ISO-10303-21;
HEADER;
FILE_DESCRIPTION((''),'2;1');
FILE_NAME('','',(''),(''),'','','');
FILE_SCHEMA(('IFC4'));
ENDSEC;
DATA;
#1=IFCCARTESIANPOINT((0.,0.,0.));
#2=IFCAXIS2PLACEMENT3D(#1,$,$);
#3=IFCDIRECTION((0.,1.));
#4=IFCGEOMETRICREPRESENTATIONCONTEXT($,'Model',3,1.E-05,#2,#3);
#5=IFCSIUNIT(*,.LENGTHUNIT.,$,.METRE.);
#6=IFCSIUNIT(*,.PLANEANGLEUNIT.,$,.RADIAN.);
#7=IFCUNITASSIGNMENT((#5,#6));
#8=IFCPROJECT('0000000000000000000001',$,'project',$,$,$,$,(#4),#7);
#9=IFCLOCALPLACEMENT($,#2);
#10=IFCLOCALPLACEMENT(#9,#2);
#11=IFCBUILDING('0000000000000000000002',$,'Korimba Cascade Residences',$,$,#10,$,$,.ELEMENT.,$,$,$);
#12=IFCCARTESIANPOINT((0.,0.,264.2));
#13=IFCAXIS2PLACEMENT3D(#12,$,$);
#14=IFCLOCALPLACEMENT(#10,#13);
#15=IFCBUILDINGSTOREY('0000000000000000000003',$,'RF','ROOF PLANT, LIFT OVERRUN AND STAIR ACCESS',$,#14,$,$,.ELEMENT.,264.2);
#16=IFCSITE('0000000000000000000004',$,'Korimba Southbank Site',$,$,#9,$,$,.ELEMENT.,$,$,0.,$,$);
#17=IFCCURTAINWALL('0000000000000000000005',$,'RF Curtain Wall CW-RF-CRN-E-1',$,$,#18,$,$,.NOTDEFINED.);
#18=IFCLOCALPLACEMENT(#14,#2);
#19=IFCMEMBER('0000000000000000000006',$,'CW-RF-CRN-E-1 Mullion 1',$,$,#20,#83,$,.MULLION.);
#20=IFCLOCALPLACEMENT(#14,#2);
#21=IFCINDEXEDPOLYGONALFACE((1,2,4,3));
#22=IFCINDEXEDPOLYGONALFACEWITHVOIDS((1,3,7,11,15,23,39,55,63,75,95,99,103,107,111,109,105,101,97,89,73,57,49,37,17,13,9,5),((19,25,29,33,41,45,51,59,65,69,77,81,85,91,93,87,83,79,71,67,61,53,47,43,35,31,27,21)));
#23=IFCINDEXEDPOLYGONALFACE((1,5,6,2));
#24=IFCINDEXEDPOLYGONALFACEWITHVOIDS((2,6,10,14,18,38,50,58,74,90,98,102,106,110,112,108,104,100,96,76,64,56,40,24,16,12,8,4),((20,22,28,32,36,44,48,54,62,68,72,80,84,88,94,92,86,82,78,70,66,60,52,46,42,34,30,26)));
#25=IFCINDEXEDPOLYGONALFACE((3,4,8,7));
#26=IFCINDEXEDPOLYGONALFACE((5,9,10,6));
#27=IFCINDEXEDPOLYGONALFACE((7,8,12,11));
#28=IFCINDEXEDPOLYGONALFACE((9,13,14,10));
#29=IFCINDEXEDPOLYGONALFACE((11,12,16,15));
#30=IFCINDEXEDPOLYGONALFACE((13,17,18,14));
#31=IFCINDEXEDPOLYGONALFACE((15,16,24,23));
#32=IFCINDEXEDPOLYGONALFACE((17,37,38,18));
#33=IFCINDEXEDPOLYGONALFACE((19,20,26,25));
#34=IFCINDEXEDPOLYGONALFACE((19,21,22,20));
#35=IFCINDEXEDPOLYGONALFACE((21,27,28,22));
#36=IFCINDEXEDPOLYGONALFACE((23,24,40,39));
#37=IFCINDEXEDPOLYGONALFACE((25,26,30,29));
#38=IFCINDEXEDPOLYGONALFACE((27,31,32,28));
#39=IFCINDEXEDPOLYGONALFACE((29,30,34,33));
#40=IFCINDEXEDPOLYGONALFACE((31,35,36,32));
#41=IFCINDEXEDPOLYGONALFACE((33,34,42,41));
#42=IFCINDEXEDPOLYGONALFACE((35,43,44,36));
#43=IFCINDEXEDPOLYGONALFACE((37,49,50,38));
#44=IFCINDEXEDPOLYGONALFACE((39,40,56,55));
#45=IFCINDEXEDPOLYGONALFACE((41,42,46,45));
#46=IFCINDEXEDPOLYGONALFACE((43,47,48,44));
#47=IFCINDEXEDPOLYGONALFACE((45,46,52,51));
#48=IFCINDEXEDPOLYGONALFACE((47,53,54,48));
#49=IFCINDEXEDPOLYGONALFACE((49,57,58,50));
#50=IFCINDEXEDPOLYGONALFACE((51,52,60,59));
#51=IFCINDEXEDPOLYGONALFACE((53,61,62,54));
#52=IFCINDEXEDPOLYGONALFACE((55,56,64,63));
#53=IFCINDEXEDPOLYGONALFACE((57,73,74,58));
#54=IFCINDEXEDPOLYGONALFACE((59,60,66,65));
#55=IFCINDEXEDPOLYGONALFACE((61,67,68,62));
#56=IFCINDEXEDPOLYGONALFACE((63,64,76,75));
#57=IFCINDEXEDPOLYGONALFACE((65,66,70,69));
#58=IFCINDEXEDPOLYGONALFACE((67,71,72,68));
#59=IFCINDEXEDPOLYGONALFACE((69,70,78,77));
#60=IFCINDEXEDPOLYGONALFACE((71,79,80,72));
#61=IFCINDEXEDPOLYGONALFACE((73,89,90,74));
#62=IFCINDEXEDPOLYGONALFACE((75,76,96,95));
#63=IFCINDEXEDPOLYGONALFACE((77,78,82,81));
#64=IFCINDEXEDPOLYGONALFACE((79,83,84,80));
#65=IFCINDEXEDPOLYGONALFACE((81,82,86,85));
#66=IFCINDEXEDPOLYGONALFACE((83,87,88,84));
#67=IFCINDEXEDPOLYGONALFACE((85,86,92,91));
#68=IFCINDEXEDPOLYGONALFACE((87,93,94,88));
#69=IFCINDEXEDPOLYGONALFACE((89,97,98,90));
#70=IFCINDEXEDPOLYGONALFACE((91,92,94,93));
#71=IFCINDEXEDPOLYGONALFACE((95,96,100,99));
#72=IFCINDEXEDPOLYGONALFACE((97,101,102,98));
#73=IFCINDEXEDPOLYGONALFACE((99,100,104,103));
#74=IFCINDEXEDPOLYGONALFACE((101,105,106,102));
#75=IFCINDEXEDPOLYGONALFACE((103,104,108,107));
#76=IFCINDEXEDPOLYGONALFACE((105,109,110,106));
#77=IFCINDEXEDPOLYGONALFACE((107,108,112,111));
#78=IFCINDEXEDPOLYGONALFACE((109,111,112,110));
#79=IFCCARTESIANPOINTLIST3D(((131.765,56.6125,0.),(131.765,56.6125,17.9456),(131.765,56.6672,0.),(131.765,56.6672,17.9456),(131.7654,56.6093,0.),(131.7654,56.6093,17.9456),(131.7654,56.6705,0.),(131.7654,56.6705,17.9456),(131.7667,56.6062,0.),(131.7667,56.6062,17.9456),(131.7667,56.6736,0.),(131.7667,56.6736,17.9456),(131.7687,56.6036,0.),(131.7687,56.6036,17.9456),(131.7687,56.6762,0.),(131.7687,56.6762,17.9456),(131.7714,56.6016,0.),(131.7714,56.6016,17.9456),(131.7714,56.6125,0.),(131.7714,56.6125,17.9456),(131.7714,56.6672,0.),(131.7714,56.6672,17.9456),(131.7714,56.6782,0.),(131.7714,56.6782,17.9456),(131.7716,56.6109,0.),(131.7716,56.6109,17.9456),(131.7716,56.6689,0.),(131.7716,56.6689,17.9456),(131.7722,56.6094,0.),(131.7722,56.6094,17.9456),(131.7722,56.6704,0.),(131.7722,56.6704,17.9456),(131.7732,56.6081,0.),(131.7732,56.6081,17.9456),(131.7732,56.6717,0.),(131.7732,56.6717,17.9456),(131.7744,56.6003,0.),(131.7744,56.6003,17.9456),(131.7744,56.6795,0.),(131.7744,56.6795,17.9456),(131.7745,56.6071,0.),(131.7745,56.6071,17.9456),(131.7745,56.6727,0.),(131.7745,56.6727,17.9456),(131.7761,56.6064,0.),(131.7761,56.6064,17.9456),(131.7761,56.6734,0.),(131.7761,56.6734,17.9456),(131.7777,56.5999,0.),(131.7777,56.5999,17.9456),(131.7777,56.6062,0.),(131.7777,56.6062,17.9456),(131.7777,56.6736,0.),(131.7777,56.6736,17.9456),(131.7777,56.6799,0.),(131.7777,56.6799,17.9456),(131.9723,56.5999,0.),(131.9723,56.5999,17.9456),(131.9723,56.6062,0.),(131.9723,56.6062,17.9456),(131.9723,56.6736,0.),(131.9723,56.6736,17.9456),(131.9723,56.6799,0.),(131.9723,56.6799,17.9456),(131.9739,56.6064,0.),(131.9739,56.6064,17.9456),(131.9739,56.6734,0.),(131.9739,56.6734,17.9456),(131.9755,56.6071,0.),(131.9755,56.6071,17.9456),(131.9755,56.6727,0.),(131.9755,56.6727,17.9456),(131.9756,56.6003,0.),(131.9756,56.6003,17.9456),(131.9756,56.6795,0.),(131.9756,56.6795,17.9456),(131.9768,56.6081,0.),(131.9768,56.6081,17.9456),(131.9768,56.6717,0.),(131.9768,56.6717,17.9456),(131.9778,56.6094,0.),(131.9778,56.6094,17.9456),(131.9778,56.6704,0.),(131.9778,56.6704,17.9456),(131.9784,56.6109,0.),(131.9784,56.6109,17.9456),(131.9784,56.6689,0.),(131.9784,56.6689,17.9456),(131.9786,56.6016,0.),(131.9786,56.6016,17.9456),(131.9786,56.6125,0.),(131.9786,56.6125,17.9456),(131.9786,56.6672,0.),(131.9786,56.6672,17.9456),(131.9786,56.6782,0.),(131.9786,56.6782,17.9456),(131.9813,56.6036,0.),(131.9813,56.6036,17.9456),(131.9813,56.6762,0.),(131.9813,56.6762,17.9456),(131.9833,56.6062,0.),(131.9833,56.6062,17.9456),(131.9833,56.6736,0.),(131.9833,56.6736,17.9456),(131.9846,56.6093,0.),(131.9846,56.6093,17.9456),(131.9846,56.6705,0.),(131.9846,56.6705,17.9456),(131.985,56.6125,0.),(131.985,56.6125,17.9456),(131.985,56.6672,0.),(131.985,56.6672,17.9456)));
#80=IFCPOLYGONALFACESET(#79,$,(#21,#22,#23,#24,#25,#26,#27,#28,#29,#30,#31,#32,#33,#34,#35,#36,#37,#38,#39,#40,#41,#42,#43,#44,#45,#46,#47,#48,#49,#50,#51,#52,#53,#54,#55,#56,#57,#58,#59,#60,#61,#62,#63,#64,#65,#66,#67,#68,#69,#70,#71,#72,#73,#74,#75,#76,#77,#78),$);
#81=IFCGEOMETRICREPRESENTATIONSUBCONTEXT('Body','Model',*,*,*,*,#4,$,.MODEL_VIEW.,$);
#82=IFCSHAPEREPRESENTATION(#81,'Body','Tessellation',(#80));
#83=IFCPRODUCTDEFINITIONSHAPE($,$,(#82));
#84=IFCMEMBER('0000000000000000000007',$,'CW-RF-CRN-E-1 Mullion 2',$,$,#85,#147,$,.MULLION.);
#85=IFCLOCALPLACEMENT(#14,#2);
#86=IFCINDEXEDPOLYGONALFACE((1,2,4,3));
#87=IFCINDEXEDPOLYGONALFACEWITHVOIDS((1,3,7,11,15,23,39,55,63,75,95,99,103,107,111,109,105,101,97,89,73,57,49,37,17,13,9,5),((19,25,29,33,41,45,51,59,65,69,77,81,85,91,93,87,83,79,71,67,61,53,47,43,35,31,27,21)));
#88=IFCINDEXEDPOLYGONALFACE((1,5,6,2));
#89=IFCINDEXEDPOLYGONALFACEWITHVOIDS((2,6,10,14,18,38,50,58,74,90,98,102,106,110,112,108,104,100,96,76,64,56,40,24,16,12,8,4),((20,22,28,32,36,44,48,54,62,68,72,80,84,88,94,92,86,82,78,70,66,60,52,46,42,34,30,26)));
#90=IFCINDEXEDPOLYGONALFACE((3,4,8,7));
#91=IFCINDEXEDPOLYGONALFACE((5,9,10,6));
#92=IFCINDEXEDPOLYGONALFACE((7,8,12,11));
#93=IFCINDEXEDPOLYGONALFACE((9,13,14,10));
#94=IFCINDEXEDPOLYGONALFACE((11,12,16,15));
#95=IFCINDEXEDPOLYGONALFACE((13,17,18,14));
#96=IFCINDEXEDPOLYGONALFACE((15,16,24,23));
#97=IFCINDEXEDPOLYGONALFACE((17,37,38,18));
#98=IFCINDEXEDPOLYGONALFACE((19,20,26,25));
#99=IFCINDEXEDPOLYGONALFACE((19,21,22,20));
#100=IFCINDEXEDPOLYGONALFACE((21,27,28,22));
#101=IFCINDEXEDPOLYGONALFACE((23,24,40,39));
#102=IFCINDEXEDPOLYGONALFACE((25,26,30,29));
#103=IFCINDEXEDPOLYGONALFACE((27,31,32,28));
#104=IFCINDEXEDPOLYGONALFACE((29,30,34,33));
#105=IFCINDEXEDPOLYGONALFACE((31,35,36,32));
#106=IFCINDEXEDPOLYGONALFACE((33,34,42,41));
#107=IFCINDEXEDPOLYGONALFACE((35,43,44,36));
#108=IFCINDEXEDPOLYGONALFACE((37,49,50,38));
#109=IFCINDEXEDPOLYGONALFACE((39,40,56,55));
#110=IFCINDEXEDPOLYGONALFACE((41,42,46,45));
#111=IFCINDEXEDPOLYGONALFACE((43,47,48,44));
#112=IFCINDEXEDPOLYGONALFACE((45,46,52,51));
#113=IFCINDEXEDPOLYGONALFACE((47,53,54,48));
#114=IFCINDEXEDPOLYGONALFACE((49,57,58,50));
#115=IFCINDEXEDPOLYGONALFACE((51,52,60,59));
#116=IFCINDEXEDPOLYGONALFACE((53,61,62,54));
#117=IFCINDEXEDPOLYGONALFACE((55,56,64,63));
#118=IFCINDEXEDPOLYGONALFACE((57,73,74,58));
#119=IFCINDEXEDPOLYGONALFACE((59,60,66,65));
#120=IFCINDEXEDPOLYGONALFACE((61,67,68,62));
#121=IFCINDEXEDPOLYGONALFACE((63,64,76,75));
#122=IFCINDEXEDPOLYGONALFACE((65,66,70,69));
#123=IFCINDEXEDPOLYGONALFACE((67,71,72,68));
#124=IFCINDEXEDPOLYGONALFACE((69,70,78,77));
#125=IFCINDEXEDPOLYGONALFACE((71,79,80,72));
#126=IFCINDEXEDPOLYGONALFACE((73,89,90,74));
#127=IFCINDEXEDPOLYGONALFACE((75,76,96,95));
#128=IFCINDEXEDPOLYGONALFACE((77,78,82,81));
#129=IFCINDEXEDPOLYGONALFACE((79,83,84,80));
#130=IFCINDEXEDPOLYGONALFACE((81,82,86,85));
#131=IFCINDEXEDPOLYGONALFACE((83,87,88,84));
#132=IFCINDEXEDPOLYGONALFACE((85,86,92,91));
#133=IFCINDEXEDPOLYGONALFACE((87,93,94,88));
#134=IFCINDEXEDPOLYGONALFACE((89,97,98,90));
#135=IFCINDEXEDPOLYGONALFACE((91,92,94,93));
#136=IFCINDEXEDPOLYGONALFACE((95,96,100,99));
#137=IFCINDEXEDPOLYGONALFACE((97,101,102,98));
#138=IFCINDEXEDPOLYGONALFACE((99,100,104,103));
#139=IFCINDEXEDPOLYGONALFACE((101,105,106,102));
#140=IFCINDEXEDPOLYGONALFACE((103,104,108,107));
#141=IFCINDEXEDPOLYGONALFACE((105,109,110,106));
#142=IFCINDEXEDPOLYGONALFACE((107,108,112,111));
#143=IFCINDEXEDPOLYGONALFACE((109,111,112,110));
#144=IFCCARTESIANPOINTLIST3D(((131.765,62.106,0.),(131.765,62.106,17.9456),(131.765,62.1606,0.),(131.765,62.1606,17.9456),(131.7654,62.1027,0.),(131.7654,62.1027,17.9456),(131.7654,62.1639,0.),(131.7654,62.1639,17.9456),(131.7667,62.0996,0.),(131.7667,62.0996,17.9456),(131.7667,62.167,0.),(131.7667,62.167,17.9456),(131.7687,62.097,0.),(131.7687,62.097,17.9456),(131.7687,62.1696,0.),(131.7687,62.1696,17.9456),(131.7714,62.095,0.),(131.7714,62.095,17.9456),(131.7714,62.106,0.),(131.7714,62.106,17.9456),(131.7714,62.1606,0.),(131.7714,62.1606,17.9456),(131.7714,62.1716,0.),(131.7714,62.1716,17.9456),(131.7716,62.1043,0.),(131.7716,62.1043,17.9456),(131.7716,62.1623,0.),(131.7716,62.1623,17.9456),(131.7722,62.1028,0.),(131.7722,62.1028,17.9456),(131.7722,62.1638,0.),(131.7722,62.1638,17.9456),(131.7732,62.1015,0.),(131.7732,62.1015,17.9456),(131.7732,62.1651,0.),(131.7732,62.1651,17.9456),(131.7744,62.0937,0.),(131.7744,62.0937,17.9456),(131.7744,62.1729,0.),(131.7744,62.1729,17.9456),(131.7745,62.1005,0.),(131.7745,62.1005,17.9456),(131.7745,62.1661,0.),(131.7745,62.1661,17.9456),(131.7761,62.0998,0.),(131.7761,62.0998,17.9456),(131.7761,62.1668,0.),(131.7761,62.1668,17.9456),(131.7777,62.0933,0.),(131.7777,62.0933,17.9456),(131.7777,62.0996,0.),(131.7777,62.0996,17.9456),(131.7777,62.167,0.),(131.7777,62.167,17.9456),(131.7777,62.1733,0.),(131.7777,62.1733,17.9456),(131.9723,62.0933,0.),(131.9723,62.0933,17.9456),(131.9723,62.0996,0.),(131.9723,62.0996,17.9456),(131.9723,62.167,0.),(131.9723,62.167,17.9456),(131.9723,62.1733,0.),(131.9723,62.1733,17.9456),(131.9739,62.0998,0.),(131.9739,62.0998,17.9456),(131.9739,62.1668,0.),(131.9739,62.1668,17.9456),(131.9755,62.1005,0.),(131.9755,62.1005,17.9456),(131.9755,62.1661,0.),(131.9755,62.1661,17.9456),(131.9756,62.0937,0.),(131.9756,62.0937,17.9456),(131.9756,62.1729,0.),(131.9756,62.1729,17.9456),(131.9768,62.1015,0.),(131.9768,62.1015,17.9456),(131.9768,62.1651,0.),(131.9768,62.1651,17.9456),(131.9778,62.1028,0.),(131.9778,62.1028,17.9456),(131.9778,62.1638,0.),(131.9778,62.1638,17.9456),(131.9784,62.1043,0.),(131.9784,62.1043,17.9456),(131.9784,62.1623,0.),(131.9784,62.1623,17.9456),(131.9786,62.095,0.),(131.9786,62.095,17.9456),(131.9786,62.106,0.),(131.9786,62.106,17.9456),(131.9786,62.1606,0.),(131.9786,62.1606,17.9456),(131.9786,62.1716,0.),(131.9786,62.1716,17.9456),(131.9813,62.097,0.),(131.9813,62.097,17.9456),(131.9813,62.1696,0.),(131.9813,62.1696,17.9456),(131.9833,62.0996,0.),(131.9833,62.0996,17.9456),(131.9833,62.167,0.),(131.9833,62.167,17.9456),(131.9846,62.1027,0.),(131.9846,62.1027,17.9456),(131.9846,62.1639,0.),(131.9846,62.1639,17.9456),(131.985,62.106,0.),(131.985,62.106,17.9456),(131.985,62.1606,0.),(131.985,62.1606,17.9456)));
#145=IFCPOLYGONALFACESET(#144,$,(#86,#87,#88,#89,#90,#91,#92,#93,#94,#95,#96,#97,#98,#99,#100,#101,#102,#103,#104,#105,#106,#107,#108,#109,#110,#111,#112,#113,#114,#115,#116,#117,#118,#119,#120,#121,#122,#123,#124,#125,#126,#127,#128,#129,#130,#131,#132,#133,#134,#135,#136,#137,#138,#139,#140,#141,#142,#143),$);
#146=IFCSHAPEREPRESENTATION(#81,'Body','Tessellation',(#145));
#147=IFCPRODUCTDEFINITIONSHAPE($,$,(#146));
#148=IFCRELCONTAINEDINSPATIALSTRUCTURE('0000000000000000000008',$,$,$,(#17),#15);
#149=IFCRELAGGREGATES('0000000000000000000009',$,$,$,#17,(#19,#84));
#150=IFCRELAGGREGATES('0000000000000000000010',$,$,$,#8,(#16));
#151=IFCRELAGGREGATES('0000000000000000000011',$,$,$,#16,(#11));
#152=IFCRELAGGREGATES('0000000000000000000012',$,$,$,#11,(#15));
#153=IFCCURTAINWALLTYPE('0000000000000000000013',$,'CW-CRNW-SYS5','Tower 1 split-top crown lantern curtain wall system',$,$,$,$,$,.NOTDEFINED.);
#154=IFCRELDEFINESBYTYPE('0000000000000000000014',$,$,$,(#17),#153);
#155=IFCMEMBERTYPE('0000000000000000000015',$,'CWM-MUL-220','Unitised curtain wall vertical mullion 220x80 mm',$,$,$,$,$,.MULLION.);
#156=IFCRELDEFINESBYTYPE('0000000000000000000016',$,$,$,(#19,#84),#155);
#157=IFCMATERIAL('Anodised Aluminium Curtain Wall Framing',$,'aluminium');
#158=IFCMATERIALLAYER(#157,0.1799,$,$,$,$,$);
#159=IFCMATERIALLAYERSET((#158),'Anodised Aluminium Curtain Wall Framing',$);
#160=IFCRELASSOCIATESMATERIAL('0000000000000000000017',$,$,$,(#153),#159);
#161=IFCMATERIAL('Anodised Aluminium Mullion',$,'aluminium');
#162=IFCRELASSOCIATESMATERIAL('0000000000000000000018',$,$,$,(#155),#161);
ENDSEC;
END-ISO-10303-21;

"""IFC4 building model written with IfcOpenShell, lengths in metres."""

from ifc_helpers import new_model, si_unit, direction, frame, origin, origin_2d, place, context, subcontext, project, spatial, hollow_rectangle, extrude, material, layer, layer_set, material_profile, profile_set, type_object, element, aggregate, save


model = new_model("IFC4")

# Units and contexts
model_context = context("Model", 3, precision=1e-05, world=origin(), true_north=direction((0.0, 1.0)))
body_context = subcontext(model_context, "Body", "Model", "MODEL_VIEW")
ifc_project = project(units=[si_unit("LENGTHUNIT", "METRE"), si_unit("PLANEANGLEUNIT", "RADIAN")], contexts=[model_context])

# Site, building, storey
site_placement = place(None, origin())
site = spatial("IfcSite", under=ifc_project, at=site_placement, Name="Korimba Southbank Site", CompositionType="ELEMENT", RefElevation=0.0)
building_placement = place(site_placement, origin())
building = spatial("IfcBuilding", under=site, at=building_placement, Name="Korimba Cascade Residences", CompositionType="ELEMENT")
storey_placement = place(building_placement, frame((0.0, 0.0, 264.2)))
storey = spatial("IfcBuildingStorey", under=building, at=storey_placement, Name="RF", Description="ROOF PLANT, LIFT OVERRUN AND STAIR ACCESS", CompositionType="ELEMENT", Elevation=264.2)

# Curtain wall, members
ifc_material_1 = material(Name="Anodised Aluminium Curtain Wall Framing", Category="aluminium")
ifc_layer_1 = layer(ifc_material_1, 0.1799)
ifc_layer_set_1 = layer_set([ifc_layer_1], Name="Anodised Aluminium Curtain Wall Framing")
curtain_wall_type = type_object("IfcCurtainWallType", Name="CW-CRNW-SYS5", Description="Tower 1 split-top crown lantern curtain wall system", PredefinedType="NOTDEFINED", material=ifc_layer_set_1)
curtain_wall_placement = place(storey_placement, origin())
curtain_wall = element("IfcCurtainWall", 1, at=curtain_wall_placement, inside=storey, type_object=curtain_wall_type, Name="RF Curtain Wall CW-RF-CRN-E-1", PredefinedType="NOTDEFINED")
ifc_material_2 = material(Name="Anodised Aluminium Mullion", Category="aluminium")
ifc_material_profile_1 = material_profile(ifc_material_2, hollow_rectangle(XDim=0.0801, YDim=0.22, WallThickness=0.0063, InnerFilletRadius=0.0063, OuterFilletRadius=0.0127, at=origin_2d()), Name="Anodised Aluminium Mullion")
ifc_profile_set_1 = profile_set([ifc_material_profile_1], Name="Anodised Aluminium Mullion")
member_type_1 = type_object("IfcMemberType", Name="CWM-MUL-220", Description="Unitised curtain wall vertical mullion 220x80 mm", PredefinedType="MULLION", material=ifc_profile_set_1)
member_1_placement = place(storey_placement, frame((131.875, 56.6399, 0.0), z_axis=(0.0, 0.0, 1.0), x_axis=(0.0, 1.0, 0.0)))
member_1 = element("IfcMember", 2, at=member_1_placement, type_object=member_type_1, Name="CW-RF-CRN-E-1 Mullion 1", PredefinedType="MULLION", context=body_context, shape_type="SweptSolid", body=[
    extrude(hollow_rectangle(XDim=0.0801, YDim=0.22, WallThickness=0.0063, InnerFilletRadius=0.0063, OuterFilletRadius=0.0127, at=origin_2d()), origin(), (0.0, 0.0, 1.0), 17.9456),
])
member_2_placement = place(storey_placement, frame((131.875, 62.1333, 0.0), z_axis=(0.0, 0.0, 1.0), x_axis=(0.0, 1.0, 0.0)))
member_2 = element("IfcMember", 3, at=member_2_placement, type_object=member_type_1, Name="CW-RF-CRN-E-1 Mullion 2", PredefinedType="MULLION", context=body_context, shape_type="SweptSolid", body=[
    extrude(hollow_rectangle(XDim=0.0801, YDim=0.22, WallThickness=0.0063, InnerFilletRadius=0.0063, OuterFilletRadius=0.0127, at=origin_2d()), origin(), (0.0, 0.0, 1.0), 17.9456),
])

aggregate(curtain_wall, [member_1, member_2])

save(model, "model.ifc")
